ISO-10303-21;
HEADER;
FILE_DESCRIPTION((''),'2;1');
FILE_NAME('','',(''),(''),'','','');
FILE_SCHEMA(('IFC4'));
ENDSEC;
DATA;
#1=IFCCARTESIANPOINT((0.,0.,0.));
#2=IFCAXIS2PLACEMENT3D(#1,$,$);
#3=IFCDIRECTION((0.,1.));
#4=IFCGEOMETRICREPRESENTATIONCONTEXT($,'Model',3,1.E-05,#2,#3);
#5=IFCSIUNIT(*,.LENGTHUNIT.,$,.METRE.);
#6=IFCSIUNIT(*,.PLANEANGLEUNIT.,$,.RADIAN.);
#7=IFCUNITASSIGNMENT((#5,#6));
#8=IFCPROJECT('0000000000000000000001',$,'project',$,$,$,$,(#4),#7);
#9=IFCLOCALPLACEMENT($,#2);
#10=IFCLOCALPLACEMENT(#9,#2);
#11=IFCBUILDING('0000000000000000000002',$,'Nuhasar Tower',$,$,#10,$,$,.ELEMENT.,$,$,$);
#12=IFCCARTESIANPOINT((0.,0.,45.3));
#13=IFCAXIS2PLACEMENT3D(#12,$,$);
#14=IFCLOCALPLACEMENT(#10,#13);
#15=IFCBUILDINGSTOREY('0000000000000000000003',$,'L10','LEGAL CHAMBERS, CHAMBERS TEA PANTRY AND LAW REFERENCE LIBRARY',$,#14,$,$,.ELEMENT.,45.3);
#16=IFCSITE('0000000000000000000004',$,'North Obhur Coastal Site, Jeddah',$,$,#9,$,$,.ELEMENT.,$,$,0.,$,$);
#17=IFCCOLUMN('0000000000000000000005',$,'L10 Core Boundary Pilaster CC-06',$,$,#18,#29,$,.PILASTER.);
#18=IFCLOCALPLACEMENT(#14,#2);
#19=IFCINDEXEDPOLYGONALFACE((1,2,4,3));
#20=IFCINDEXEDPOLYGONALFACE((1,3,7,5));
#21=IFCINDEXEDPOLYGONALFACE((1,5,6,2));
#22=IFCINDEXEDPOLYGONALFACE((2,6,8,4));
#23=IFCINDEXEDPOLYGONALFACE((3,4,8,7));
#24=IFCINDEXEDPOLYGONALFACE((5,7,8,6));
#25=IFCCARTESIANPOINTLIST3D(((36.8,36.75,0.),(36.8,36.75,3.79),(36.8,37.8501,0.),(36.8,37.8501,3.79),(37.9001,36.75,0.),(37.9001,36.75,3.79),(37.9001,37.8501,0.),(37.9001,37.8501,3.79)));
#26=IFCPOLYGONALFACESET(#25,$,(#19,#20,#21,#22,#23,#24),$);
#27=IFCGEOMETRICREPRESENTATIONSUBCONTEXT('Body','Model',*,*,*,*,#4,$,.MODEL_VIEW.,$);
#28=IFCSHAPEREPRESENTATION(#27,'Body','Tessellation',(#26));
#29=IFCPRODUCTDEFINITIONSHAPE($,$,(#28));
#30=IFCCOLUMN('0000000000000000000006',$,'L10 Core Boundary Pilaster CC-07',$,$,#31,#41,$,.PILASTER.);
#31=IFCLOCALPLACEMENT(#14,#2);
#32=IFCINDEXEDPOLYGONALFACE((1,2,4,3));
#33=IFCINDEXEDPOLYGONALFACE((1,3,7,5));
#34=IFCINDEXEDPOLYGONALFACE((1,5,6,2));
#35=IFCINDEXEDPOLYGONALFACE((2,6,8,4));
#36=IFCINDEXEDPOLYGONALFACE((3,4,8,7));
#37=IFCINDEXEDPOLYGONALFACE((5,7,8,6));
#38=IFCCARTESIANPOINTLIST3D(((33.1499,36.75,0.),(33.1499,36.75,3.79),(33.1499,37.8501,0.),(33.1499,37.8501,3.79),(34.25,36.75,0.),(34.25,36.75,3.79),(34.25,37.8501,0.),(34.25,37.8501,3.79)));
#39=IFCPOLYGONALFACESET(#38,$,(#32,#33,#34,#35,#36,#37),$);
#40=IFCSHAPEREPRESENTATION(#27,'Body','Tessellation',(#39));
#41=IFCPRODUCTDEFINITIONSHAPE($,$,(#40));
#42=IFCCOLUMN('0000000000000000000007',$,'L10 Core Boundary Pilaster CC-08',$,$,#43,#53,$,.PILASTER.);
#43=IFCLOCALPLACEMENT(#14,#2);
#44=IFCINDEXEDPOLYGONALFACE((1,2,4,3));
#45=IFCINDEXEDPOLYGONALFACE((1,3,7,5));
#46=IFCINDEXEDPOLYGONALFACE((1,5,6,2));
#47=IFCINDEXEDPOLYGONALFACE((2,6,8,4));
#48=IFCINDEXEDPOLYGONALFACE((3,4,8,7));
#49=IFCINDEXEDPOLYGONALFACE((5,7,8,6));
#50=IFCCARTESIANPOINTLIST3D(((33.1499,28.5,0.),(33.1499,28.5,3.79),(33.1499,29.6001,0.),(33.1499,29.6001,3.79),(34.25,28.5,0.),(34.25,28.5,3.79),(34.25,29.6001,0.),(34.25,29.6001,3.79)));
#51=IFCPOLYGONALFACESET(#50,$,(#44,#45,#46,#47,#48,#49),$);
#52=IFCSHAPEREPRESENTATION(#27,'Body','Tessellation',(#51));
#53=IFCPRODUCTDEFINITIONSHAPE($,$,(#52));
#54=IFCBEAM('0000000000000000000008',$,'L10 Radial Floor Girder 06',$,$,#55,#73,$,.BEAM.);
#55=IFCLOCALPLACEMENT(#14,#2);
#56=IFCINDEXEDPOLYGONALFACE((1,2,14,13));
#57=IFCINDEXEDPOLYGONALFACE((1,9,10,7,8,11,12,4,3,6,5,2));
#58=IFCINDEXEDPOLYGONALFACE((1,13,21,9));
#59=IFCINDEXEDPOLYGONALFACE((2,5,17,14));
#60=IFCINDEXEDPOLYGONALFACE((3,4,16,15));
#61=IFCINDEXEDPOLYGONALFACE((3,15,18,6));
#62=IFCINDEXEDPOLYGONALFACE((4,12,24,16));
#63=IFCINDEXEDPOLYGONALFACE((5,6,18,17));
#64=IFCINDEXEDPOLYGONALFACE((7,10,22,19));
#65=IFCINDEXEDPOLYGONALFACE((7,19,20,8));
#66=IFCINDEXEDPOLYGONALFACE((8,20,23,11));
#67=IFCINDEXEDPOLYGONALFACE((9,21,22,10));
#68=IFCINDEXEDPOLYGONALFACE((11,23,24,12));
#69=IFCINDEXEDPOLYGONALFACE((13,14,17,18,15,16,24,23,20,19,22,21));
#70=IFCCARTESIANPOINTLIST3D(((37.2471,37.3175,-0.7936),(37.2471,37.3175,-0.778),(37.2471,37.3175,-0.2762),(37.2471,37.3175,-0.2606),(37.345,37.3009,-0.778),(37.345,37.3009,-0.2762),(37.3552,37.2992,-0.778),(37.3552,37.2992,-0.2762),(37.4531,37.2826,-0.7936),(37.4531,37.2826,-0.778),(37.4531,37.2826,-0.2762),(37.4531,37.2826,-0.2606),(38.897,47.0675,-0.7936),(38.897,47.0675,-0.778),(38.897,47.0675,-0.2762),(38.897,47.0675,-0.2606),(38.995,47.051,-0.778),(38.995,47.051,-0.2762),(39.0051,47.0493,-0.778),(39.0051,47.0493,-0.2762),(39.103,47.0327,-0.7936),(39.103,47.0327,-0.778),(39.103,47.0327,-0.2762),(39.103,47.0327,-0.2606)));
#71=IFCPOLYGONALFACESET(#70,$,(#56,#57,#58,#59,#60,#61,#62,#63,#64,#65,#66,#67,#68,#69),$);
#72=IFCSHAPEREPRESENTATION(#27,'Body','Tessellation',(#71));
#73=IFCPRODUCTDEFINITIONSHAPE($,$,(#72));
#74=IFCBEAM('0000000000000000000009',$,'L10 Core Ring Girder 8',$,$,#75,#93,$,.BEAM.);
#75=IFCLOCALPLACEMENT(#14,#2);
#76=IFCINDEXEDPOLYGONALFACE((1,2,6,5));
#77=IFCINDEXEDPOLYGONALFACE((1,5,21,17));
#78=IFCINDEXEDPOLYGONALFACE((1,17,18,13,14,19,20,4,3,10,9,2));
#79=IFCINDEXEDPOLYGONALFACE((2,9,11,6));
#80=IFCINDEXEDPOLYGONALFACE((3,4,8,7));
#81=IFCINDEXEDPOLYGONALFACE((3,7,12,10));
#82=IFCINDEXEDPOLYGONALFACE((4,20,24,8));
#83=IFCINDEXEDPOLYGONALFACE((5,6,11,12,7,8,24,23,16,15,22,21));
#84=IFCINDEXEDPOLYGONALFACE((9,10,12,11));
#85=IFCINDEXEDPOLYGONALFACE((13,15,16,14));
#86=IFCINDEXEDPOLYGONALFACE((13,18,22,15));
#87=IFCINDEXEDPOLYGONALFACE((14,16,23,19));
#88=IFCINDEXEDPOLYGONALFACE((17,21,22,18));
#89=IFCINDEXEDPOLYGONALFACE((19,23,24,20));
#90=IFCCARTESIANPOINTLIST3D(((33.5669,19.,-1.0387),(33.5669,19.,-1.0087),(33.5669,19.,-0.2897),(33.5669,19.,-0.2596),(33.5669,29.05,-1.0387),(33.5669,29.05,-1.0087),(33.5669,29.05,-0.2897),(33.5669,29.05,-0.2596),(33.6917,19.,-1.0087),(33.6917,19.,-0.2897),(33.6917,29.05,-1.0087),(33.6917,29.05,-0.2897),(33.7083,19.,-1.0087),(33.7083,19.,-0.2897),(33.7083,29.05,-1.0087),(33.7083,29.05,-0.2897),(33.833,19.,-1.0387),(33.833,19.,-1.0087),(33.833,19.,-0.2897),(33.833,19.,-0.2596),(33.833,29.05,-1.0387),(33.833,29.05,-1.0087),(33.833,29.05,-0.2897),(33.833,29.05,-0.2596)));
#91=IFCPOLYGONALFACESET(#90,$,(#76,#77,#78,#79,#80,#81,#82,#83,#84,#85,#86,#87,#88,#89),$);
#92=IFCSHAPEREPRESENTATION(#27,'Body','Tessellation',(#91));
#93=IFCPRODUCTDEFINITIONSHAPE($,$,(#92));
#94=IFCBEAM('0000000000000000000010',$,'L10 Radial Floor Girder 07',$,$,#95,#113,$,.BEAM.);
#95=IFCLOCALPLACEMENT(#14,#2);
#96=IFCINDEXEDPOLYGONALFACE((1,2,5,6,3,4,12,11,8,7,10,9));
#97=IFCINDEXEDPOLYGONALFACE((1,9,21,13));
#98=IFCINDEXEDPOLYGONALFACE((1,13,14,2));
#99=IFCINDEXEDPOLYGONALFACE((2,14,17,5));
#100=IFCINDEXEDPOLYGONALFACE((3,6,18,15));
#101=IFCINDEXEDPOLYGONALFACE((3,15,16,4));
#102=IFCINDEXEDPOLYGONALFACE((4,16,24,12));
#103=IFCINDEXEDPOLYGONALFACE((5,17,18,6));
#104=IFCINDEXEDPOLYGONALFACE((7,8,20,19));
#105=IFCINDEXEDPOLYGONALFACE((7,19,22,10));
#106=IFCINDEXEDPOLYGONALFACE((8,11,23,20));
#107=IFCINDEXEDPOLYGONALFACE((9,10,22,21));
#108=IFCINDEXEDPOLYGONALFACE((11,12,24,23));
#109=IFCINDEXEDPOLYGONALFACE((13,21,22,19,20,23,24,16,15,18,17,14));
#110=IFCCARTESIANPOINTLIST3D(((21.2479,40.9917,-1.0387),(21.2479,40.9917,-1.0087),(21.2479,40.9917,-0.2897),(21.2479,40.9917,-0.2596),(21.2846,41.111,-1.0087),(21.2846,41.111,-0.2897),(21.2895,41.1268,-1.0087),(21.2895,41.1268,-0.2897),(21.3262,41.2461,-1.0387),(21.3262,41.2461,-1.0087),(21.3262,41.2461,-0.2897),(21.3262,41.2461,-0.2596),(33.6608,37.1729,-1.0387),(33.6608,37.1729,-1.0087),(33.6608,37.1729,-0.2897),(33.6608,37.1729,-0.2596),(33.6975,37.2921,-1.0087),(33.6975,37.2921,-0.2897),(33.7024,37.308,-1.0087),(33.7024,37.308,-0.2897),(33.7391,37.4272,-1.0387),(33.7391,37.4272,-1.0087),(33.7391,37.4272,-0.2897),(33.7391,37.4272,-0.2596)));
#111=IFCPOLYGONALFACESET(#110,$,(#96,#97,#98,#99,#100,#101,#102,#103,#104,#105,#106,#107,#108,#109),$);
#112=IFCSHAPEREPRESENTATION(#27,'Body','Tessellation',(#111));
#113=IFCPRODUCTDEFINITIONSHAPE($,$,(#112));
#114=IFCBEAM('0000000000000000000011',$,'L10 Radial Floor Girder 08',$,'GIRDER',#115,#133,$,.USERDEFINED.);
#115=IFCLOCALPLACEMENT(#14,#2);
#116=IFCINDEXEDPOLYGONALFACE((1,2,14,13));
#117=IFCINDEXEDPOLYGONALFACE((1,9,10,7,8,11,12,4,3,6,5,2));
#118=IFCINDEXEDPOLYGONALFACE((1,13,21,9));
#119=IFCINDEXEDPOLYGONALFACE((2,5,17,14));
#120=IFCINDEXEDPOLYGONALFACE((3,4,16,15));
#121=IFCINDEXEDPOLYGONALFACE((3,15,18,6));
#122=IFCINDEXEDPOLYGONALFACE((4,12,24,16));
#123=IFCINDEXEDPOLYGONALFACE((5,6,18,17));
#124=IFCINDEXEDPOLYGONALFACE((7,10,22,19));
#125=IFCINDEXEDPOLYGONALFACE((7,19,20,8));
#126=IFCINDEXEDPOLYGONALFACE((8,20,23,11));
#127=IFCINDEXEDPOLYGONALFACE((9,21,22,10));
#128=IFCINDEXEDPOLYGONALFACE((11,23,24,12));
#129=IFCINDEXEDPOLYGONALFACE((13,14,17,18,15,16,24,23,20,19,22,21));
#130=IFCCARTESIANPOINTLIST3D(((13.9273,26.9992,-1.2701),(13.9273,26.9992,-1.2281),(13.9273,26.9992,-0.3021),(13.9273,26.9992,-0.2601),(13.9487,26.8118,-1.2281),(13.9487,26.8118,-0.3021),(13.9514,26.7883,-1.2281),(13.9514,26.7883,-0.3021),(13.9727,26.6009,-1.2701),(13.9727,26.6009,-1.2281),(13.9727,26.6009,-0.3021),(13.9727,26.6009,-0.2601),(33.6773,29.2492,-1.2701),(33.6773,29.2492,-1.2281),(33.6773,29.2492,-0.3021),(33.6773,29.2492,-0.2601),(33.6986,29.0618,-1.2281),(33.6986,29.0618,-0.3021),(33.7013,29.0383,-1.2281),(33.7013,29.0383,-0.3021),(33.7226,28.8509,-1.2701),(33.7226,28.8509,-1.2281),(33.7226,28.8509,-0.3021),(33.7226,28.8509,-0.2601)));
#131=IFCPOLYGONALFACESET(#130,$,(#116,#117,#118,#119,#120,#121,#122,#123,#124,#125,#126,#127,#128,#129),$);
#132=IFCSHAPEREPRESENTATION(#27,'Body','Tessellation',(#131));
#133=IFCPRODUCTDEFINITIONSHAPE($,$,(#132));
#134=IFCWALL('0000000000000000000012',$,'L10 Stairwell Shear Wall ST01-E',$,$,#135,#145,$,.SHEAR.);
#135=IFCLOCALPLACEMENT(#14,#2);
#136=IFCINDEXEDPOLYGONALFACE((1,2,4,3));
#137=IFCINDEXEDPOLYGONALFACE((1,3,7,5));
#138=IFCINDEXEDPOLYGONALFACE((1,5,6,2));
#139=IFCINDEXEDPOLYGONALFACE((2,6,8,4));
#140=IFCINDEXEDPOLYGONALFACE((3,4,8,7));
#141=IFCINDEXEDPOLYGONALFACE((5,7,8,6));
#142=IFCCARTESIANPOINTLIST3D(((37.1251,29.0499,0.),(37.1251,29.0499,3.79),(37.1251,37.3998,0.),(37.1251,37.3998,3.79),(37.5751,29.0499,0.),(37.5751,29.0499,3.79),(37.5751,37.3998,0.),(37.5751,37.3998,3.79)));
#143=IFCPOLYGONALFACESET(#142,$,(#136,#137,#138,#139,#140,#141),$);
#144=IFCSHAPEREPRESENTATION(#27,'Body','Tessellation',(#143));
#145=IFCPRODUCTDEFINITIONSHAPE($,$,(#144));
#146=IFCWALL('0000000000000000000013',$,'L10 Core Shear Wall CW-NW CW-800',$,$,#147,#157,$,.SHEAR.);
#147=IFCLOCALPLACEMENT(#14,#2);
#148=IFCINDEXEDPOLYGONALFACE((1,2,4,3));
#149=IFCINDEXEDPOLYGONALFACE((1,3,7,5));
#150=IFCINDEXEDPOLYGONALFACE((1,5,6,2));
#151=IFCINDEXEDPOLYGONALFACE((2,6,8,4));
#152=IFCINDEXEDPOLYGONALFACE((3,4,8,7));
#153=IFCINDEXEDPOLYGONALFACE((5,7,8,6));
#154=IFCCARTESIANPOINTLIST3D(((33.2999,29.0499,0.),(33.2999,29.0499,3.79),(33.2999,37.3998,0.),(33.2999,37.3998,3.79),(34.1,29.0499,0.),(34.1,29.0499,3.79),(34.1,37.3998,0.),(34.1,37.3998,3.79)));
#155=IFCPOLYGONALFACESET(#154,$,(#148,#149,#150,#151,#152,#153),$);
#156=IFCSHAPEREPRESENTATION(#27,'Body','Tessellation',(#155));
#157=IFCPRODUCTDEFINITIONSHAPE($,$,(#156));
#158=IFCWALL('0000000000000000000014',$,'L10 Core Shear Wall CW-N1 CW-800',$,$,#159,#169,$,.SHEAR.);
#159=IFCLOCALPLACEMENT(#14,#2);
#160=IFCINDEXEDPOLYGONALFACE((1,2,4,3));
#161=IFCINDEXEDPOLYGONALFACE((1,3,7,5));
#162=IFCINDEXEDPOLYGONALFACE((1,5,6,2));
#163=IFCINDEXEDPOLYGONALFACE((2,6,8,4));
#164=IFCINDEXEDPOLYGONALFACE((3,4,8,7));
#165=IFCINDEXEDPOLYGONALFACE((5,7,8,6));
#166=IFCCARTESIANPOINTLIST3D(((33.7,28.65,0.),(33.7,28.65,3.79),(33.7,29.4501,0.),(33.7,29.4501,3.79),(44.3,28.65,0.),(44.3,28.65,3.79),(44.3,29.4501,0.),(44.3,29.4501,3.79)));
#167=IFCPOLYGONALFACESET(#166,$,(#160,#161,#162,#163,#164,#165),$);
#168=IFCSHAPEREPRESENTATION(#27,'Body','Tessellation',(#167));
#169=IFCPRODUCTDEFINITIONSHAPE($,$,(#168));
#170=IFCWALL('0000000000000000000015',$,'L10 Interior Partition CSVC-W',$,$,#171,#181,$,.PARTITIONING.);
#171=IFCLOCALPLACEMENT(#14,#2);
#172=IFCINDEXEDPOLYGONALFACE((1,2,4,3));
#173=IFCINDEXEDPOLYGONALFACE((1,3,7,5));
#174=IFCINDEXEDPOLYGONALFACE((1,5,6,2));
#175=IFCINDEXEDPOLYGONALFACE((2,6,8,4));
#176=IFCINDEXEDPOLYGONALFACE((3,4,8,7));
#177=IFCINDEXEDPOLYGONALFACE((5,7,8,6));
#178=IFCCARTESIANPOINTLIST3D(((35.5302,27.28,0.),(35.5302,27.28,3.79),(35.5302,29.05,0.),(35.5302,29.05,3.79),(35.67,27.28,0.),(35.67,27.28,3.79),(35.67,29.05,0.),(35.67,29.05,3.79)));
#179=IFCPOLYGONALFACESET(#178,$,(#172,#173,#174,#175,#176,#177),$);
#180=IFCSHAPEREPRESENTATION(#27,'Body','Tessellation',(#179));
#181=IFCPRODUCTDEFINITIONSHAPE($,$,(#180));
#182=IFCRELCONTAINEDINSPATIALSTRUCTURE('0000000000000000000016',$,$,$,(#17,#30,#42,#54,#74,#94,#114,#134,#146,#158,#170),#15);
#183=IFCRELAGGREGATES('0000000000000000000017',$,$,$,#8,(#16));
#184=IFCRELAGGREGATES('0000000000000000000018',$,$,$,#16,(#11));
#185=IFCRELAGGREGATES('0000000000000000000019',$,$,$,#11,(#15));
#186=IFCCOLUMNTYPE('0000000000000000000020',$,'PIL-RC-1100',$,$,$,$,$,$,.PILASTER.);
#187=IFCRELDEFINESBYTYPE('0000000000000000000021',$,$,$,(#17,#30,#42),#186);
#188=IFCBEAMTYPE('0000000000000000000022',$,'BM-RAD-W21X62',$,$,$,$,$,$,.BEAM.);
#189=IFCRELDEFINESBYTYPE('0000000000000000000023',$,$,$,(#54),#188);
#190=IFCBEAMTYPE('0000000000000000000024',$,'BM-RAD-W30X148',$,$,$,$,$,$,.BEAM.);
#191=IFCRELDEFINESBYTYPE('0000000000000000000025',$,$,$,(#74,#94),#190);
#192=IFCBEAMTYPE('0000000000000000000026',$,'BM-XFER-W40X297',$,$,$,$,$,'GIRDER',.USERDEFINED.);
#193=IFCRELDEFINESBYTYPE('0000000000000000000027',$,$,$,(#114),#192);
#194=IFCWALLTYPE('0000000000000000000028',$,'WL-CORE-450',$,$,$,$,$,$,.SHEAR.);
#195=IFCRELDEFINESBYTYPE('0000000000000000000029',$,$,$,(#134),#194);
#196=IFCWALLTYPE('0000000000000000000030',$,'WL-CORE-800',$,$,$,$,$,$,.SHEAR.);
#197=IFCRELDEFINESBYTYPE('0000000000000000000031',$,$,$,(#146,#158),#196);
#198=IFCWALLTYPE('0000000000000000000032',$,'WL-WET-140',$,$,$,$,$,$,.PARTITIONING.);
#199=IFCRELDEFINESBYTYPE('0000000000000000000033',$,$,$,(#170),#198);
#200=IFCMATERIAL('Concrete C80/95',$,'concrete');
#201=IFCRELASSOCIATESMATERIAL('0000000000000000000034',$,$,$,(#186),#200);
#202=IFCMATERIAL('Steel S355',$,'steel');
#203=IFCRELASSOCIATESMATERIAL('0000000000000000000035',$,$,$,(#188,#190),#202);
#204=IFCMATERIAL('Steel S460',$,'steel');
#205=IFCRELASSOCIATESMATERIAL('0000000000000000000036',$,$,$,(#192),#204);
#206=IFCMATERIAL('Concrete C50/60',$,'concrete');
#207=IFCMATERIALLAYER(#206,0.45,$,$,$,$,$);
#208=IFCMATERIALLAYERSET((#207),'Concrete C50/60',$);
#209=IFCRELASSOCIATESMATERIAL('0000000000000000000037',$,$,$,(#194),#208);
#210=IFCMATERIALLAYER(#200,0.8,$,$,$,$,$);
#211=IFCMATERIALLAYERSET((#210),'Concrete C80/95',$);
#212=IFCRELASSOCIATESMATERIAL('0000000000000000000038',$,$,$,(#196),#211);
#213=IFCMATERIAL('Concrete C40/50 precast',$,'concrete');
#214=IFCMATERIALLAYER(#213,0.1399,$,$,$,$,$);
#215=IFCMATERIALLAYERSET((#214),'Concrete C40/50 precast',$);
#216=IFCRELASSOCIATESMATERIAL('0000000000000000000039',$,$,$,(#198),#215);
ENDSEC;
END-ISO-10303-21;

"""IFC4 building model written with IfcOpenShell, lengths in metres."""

from ifc_helpers import new_model, si_unit, direction, frame, frame_2d, origin, origin_2d, place, context, subcontext, project, spatial, rectangle, i_section, extrude, material, layer, layer_set, material_profile, profile_set, type_object, element, save


model = new_model("IFC4")

# Units and contexts
model_context = context("Model", 3, precision=1e-05, world=origin(), true_north=direction((0.0, 1.0)))
body_context = subcontext(model_context, "Body", "Model", "MODEL_VIEW")
ifc_project = project(units=[si_unit("LENGTHUNIT", "METRE"), si_unit("PLANEANGLEUNIT", "RADIAN")], contexts=[model_context])

# Site, building, storey
site_placement = place(None, origin())
site = spatial("IfcSite", under=ifc_project, at=site_placement, Name="North Obhur Coastal Site, Jeddah", CompositionType="ELEMENT", RefElevation=0.0)
building_placement = place(site_placement, origin())
building = spatial("IfcBuilding", under=site, at=building_placement, Name="Nuhasar Tower", CompositionType="ELEMENT")
storey_placement = place(building_placement, frame((0.0, 0.0, 45.3)))
storey = spatial("IfcBuildingStorey", under=building, at=storey_placement, Name="L10", Description="LEGAL CHAMBERS, CHAMBERS TEA PANTRY AND LAW REFERENCE LIBRARY", CompositionType="ELEMENT", Elevation=45.3)

# Columns
ifc_material_1 = material(Name="Concrete C80/95", Category="concrete")
ifc_material_profile_1 = material_profile(ifc_material_1, rectangle(XDim=1.1001, YDim=1.1001, at=origin_2d()), Name="RC1100X1100")
ifc_profile_set_1 = profile_set([ifc_material_profile_1], Name="Concrete C80/95")
column_type = type_object("IfcColumnType", Name="PIL-RC-1100", PredefinedType="PILASTER", material=ifc_profile_set_1)
for number, where, z_axis, x_axis, name in (
    (1, (37.3501, 37.3, 0.0), (0.0, 0.0, 1.0), (1.0, 0.0, 0.0), "L10 Core Boundary Pilaster CC-06"),
    (2, (33.7, 37.3, 0.0), (0.0, 0.0, 1.0), (1.0, 0.0, 0.0), "L10 Core Boundary Pilaster CC-07"),
    (3, (33.7, 29.05, 0.0), (0.0, 0.0, 1.0), (1.0, 0.0, 0.0), "L10 Core Boundary Pilaster CC-08"),
):
    element("IfcColumn", number, at=place(storey_placement, frame(where, z_axis=z_axis, x_axis=x_axis)), inside=storey, type_object=column_type, Name=name, PredefinedType="PILASTER", context=body_context, shape_type="SweptSolid", body=[
        extrude(rectangle(XDim=1.1001, YDim=1.1001, at=origin_2d()), origin(), (0.0, 0.0, 1.0), 3.79),
    ])

# Beams
ifc_material_2 = material(Name="Steel S355", Category="steel")
ifc_material_profile_2 = material_profile(ifc_material_2, i_section(OverallWidth=0.209, OverallDepth=0.533, WebThickness=0.0103, FlangeThickness=0.0156, at=origin_2d()), Name="W21X62")
ifc_profile_set_2 = profile_set([ifc_material_profile_2], Name="Steel S355")
beam_type_1 = type_object("IfcBeamType", Name="BM-RAD-W21X62", PredefinedType="BEAM", material=ifc_profile_set_2)
beam_1_placement = place(storey_placement, frame((37.3501, 37.3, -0.5271), z_axis=(0.166849, 0.985983, 0.0), x_axis=(-0.985983, 0.166849, 0.0)))
element("IfcBeam", 4, at=beam_1_placement, inside=storey, type_object=beam_type_1, Name="L10 Radial Floor Girder 06", PredefinedType="BEAM", context=body_context, shape_type="SweptSolid", body=[
    extrude(i_section(OverallWidth=0.209, OverallDepth=0.533, WebThickness=0.0103, FlangeThickness=0.0156, at=origin_2d()), origin(), (0.0, 0.0, 1.0), 9.8887),
])
ifc_material_profile_3 = material_profile(ifc_material_2, i_section(OverallWidth=0.2661, OverallDepth=0.7791, WebThickness=0.0166, FlangeThickness=0.03, at=origin_2d()), Name="W30X148")
ifc_profile_set_3 = profile_set([ifc_material_profile_3], Name="Steel S355")
beam_type_2 = type_object("IfcBeamType", Name="BM-RAD-W30X148", PredefinedType="BEAM", material=ifc_profile_set_3)
beam_2_placement = place(storey_placement, frame((33.7, 29.05, -0.6492), z_axis=(0.0, -1.0, 0.0), x_axis=(1.0, 0.0, 0.0)))
element("IfcBeam", 5, at=beam_2_placement, inside=storey, type_object=beam_type_2, Name="L10 Core Ring Girder 8", PredefinedType="BEAM", context=body_context, shape_type="SweptSolid", body=[
    extrude(i_section(OverallWidth=0.2661, OverallDepth=0.7791, WebThickness=0.0166, FlangeThickness=0.03, at=origin_2d()), origin(), (0.0, 0.0, 1.0), 10.05),
])
beam_3_placement = place(storey_placement, frame((33.7, 37.3, -0.6492), z_axis=(-0.95579, 0.294052, 0.0), x_axis=(-0.294052, -0.95579, 0.0)))
element("IfcBeam", 6, at=beam_3_placement, inside=storey, type_object=beam_type_2, Name="L10 Radial Floor Girder 07", PredefinedType="BEAM", context=body_context, shape_type="SweptSolid", body=[
    extrude(i_section(OverallWidth=0.2661, OverallDepth=0.7791, WebThickness=0.0166, FlangeThickness=0.03, at=origin_2d()), origin(), (0.0, 0.0, 1.0), 12.9871),
])
ifc_material_3 = material(Name="Steel S460", Category="steel")
ifc_material_profile_4 = material_profile(ifc_material_3, i_section(OverallWidth=0.4009, OverallDepth=1.01, WebThickness=0.0237, FlangeThickness=0.042, at=origin_2d()), Name="W40X297")
ifc_profile_set_4 = profile_set([ifc_material_profile_4], Name="Steel S460")
beam_type_3 = type_object("IfcBeamType", Name="BM-XFER-W40X297", ElementType="GIRDER", PredefinedType="USERDEFINED", material=ifc_profile_set_4)
beam_4_placement = place(storey_placement, frame((33.7, 29.05, -0.7651), z_axis=(-0.993573, -0.113192, 0.0), x_axis=(0.113192, -0.993573, 0.0)))
element("IfcBeam", 7, at=beam_4_placement, inside=storey, type_object=beam_type_3, Name="L10 Radial Floor Girder 08", ObjectType="GIRDER", PredefinedType="USERDEFINED", context=body_context, shape_type="SweptSolid", body=[
    extrude(i_section(OverallWidth=0.4009, OverallDepth=1.01, WebThickness=0.0237, FlangeThickness=0.042, at=origin_2d()), origin(), (0.0, 0.0, 1.0), 19.8777),
])

# Walls
ifc_material_4 = material(Name="Concrete C50/60", Category="concrete")
ifc_layer_1 = layer(ifc_material_4, 0.45)
ifc_layer_set_1 = layer_set([ifc_layer_1], Name="Concrete C50/60")
wall_type_1 = type_object("IfcWallType", Name="WL-CORE-450", PredefinedType="SHEAR", material=ifc_layer_set_1)
wall_1_placement = place(storey_placement, frame((37.3501, 29.05, 0.0), z_axis=(0.0, 0.0, 1.0), x_axis=(0.0, 1.0, 0.0)))
element("IfcWall", 8, at=wall_1_placement, inside=storey, type_object=wall_type_1, Name="L10 Stairwell Shear Wall ST01-E", PredefinedType="SHEAR", context=body_context, shape_type="SweptSolid", body=[
    extrude(rectangle(XDim=8.3499, YDim=0.45, at=frame_2d((4.1748, 0.0))), origin(), (0.0, 0.0, 1.0), 3.79),
])
ifc_layer_2 = layer(ifc_material_1, 0.8)
ifc_layer_set_2 = layer_set([ifc_layer_2], Name="Concrete C80/95")
wall_type_2 = type_object("IfcWallType", Name="WL-CORE-800", PredefinedType="SHEAR", material=ifc_layer_set_2)
wall_2_placement = place(storey_placement, frame((33.7, 29.05, 0.0), z_axis=(0.0, 0.0, 1.0), x_axis=(0.0, 1.0, 0.0)))
element("IfcWall", 9, at=wall_2_placement, inside=storey, type_object=wall_type_2, Name="L10 Core Shear Wall CW-NW CW-800", PredefinedType="SHEAR", context=body_context, shape_type="SweptSolid", body=[
    extrude(rectangle(XDim=8.3499, YDim=0.8, at=frame_2d((4.1748, 0.0))), origin(), (0.0, 0.0, 1.0), 3.79),
])
wall_3_placement = place(storey_placement, frame((33.7, 29.05, 0.0), z_axis=(0.0, 0.0, 1.0), x_axis=(1.0, 0.0, 0.0)))
element("IfcWall", 10, at=wall_3_placement, inside=storey, type_object=wall_type_2, Name="L10 Core Shear Wall CW-N1 CW-800", PredefinedType="SHEAR", context=body_context, shape_type="SweptSolid", body=[
    extrude(rectangle(XDim=10.6001, YDim=0.8, at=frame_2d((5.3, 0.0))), origin(), (0.0, 0.0, 1.0), 3.79),
])
ifc_material_5 = material(Name="Concrete C40/50 precast", Category="concrete")
ifc_layer_3 = layer(ifc_material_5, 0.1399)
ifc_layer_set_3 = layer_set([ifc_layer_3], Name="Concrete C40/50 precast")
wall_type_3 = type_object("IfcWallType", Name="WL-WET-140", PredefinedType="PARTITIONING", material=ifc_layer_set_3)
wall_4_placement = place(storey_placement, frame((35.6001, 27.28, 0.0), z_axis=(0.0, 0.0, 1.0), x_axis=(0.0, 1.0, 0.0)))
element("IfcWall", 11, at=wall_4_placement, inside=storey, type_object=wall_type_3, Name="L10 Interior Partition CSVC-W", PredefinedType="PARTITIONING", context=body_context, shape_type="SweptSolid", body=[
    extrude(rectangle(XDim=1.77, YDim=0.1399, at=frame_2d((0.885, 0.0))), origin(), (0.0, 0.0, 1.0), 3.79),
])

save(model, "model.ifc")
